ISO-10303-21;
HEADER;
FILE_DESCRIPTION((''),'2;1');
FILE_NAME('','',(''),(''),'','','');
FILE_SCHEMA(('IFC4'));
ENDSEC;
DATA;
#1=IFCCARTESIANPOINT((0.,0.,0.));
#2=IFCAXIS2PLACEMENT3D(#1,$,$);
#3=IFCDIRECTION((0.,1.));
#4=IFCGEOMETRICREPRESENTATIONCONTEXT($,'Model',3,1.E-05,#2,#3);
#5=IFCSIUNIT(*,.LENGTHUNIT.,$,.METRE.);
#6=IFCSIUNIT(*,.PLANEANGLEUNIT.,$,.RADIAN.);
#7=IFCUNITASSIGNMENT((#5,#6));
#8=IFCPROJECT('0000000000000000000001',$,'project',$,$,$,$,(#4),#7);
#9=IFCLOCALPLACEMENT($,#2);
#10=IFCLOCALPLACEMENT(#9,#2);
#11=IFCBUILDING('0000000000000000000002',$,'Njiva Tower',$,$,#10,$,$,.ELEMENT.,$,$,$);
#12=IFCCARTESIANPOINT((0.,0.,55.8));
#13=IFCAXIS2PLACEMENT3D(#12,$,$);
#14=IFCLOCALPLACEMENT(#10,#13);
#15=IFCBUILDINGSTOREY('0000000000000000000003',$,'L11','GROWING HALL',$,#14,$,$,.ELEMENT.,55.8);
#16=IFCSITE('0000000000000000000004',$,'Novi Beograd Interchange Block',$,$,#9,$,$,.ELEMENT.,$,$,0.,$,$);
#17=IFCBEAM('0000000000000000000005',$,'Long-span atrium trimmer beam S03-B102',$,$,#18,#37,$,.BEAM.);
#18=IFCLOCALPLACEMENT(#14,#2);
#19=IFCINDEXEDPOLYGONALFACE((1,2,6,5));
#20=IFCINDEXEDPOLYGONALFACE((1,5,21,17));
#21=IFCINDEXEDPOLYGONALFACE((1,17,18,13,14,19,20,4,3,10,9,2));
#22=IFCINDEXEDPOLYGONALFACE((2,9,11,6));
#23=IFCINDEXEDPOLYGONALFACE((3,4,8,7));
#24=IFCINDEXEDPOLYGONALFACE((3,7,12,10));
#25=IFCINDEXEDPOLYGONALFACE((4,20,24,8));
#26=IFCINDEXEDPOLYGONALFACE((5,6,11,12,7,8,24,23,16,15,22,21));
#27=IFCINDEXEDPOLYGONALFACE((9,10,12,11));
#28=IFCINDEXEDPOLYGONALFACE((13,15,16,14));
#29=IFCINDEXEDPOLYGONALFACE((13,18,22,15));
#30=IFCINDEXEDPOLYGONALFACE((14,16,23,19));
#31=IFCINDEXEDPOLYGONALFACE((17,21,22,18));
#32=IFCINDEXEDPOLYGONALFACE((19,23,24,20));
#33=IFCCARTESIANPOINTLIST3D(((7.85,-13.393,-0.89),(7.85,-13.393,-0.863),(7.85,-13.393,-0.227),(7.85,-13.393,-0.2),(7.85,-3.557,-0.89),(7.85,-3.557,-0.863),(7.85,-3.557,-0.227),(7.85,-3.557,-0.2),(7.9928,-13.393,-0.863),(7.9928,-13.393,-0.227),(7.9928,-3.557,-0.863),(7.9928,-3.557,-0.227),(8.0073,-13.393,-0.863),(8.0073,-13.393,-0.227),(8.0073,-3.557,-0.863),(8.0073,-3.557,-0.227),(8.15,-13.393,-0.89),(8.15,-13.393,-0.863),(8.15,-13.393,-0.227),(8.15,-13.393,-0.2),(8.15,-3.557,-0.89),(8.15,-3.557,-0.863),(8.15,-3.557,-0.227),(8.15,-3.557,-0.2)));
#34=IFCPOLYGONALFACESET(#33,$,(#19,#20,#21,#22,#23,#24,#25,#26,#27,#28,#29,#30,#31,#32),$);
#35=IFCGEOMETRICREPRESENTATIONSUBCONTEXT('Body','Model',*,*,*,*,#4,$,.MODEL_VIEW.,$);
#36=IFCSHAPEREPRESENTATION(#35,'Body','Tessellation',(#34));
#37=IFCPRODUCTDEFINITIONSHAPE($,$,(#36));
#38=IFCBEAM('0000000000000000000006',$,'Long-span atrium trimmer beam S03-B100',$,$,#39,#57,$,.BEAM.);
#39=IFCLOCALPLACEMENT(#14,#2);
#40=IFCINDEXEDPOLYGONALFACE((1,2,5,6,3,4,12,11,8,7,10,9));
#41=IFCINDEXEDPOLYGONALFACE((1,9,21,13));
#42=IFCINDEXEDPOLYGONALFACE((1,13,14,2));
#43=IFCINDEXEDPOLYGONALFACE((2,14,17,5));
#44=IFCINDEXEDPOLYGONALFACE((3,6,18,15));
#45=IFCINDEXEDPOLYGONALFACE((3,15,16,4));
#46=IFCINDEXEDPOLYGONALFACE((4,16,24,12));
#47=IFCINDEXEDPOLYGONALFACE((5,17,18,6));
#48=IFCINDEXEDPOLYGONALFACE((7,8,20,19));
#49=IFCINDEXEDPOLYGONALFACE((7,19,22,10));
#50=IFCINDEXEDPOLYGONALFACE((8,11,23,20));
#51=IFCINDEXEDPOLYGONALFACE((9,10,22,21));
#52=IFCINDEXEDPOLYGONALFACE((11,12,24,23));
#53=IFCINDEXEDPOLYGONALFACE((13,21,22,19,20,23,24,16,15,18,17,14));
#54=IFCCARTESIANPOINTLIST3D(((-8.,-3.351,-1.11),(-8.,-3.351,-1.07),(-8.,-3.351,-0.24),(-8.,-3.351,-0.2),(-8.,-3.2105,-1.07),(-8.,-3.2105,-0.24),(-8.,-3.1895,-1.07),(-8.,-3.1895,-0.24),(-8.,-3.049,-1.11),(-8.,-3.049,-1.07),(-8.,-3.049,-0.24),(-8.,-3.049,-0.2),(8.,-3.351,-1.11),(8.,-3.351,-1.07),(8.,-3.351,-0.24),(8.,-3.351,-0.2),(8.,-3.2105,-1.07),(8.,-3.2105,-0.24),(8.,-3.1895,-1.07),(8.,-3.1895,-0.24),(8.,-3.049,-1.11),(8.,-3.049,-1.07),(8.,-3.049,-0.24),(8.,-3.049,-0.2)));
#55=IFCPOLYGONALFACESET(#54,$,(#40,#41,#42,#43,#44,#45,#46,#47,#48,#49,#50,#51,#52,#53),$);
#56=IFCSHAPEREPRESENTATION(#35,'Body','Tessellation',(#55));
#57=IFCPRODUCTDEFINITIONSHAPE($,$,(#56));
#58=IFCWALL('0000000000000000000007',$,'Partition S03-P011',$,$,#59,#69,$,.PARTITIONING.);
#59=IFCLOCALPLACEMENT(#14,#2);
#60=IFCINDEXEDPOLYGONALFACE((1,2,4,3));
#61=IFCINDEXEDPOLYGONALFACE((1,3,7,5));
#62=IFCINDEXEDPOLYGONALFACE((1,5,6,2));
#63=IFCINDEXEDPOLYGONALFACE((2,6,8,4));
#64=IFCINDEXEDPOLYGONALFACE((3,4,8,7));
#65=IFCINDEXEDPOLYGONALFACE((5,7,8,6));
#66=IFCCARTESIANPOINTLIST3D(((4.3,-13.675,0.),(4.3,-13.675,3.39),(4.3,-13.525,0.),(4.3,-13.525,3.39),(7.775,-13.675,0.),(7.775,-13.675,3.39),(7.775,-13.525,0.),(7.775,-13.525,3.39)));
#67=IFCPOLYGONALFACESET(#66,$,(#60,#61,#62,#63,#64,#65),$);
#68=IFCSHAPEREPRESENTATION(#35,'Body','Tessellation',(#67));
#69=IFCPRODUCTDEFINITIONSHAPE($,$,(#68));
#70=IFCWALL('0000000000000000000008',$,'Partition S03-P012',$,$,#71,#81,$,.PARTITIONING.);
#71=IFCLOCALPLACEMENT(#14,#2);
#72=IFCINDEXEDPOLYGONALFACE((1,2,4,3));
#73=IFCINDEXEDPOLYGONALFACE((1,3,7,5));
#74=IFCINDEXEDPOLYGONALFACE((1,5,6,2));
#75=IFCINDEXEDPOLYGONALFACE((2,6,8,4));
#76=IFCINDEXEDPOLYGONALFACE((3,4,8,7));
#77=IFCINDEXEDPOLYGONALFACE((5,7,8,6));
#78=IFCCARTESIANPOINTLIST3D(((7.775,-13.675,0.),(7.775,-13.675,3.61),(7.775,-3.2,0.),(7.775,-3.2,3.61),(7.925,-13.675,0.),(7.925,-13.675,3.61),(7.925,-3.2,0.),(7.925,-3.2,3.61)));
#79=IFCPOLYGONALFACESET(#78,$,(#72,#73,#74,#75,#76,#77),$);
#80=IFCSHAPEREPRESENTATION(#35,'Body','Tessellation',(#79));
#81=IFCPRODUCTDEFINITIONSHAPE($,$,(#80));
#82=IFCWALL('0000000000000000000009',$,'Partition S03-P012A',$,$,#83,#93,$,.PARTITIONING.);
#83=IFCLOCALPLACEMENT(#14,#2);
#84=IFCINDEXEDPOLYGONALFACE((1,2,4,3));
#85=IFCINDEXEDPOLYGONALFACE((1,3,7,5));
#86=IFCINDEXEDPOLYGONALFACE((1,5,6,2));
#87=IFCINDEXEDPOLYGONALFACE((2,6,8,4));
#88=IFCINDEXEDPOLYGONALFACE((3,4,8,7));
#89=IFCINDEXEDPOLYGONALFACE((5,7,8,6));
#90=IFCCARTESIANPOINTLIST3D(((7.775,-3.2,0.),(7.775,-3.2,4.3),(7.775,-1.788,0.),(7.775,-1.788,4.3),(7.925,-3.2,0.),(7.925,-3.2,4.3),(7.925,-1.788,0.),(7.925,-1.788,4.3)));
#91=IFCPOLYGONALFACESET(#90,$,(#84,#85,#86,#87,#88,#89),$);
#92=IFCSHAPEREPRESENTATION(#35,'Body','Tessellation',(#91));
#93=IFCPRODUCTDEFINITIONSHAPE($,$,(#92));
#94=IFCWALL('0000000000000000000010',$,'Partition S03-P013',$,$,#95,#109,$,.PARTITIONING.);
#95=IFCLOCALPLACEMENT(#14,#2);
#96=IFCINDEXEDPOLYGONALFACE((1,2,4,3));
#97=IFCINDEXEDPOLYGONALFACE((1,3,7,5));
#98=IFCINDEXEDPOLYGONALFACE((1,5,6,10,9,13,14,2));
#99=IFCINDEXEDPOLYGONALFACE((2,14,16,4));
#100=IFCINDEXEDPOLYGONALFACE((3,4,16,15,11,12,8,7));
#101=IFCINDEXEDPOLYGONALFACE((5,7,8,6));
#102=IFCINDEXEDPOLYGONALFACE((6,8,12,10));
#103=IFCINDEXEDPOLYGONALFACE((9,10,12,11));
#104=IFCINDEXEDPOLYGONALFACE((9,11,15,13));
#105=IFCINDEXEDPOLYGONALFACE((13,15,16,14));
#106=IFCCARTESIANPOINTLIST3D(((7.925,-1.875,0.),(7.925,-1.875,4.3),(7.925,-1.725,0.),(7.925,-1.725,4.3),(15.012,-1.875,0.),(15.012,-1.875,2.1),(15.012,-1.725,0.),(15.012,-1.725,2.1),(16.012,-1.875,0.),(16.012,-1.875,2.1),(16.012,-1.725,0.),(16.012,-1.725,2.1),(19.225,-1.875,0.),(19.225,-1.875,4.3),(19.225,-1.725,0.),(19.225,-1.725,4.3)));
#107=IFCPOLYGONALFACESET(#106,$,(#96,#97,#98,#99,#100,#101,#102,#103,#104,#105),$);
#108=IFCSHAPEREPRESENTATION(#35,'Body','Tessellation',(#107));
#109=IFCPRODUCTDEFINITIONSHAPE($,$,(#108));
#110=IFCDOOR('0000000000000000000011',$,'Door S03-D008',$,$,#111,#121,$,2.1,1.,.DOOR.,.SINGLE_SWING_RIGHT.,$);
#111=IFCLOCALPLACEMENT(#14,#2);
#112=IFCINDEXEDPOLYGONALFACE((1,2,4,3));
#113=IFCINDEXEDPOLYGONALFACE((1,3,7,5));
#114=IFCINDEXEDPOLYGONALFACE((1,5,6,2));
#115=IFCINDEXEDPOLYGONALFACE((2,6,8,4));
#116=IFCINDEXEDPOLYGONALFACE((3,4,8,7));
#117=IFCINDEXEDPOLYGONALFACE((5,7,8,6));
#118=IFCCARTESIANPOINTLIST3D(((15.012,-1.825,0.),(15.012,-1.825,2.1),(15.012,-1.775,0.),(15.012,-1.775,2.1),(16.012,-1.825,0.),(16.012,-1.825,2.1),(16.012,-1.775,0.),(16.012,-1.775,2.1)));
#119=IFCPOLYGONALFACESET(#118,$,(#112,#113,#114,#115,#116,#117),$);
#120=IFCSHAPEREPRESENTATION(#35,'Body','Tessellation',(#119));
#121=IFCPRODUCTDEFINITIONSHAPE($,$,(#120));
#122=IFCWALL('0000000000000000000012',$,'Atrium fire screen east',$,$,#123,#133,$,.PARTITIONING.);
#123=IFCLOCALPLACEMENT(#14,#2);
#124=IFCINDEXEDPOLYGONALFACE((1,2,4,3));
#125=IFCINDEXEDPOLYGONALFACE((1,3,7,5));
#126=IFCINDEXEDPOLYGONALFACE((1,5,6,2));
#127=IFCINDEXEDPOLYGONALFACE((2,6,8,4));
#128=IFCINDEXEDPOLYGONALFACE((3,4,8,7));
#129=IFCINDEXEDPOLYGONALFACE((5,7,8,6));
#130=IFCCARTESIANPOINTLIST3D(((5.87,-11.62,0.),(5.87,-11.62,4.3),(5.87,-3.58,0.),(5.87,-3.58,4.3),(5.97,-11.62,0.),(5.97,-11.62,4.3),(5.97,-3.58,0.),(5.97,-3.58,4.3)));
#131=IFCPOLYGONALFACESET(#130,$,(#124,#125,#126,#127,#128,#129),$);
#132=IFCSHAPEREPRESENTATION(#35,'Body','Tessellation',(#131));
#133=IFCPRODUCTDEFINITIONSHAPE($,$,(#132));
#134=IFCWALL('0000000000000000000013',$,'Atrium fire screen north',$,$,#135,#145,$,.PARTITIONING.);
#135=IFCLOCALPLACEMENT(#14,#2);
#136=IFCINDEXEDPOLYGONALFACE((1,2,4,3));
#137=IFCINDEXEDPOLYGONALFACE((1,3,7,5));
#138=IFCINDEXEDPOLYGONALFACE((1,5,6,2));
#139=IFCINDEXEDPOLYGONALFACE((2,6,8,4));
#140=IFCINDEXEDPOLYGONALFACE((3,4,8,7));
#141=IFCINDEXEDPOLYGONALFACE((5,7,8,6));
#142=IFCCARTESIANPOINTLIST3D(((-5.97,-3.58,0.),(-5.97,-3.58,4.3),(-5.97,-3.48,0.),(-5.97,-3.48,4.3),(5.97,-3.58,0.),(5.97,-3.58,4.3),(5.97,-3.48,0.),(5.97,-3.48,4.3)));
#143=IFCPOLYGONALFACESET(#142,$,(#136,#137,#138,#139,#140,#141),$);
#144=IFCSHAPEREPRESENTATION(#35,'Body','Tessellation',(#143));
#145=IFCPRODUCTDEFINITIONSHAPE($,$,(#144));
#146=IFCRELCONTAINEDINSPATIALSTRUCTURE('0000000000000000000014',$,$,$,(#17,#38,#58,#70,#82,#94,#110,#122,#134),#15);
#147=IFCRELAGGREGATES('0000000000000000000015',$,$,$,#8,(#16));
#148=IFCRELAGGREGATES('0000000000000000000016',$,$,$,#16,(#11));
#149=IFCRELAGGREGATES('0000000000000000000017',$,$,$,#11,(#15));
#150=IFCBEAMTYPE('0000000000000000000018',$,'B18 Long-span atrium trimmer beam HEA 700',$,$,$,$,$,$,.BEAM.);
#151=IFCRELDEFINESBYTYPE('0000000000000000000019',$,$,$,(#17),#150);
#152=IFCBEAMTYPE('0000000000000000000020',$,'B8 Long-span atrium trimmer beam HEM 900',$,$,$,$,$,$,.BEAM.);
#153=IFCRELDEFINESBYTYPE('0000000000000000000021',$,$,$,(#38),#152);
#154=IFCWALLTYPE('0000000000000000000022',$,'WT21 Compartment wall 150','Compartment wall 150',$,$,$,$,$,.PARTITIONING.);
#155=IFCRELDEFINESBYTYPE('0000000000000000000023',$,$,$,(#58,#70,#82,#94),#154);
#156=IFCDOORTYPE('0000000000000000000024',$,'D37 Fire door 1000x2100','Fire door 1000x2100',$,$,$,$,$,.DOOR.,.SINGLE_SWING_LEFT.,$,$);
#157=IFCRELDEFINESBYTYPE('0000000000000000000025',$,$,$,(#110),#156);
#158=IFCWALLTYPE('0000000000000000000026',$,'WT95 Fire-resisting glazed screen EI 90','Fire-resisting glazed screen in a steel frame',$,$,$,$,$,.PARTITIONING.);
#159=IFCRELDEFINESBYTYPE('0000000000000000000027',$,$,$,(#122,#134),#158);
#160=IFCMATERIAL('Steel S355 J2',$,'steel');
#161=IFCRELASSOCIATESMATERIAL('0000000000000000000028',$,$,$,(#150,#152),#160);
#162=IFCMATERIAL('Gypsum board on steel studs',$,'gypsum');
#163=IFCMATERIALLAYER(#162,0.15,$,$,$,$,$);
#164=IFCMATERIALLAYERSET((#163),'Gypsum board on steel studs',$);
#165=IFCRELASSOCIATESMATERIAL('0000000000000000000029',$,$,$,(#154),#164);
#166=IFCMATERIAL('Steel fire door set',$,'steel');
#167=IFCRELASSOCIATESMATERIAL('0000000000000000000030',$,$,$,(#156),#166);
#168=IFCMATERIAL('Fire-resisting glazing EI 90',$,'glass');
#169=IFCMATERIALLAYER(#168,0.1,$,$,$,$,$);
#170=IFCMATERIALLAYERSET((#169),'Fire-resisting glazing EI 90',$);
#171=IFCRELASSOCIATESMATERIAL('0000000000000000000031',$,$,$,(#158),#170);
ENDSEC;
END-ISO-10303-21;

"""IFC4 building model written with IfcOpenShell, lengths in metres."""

from ifc_helpers import new_model, si_unit, direction, frame, frame_2d, origin, origin_2d, place, context, subcontext, project, spatial, rectangle, i_section, extrude, material, layer, layer_set, material_profile, profile_set, type_object, element, fill, save


model = new_model("IFC4")

# Units and contexts
model_context = context("Model", 3, precision=1e-05, world=origin(), true_north=direction((0.0, 1.0)))
body_context = subcontext(model_context, "Body", "Model", "MODEL_VIEW")
ifc_project = project(units=[si_unit("LENGTHUNIT", "METRE"), si_unit("PLANEANGLEUNIT", "RADIAN")], contexts=[model_context])

# Site, building, storey
site_placement = place(None, origin())
site = spatial("IfcSite", under=ifc_project, at=site_placement, Name="Novi Beograd Interchange Block", CompositionType="ELEMENT", RefElevation=0.0)
building_placement = place(site_placement, origin())
building = spatial("IfcBuilding", under=site, at=building_placement, Name="Njiva Tower", CompositionType="ELEMENT")
storey_placement = place(building_placement, frame((0.0, 0.0, 55.8)))
storey = spatial("IfcBuildingStorey", under=building, at=storey_placement, Name="L11", Description="GROWING HALL", CompositionType="ELEMENT", Elevation=55.8)

# Shared definitions
ifc_material_1 = material(Name="Steel S355 J2", Category="steel")

# Beams
ifc_material_profile_1 = material_profile(ifc_material_1, i_section(OverallWidth=0.3, OverallDepth=0.69, WebThickness=0.0145, FlangeThickness=0.027, at=origin_2d()), Name="HEA 700")
ifc_profile_set_1 = profile_set([ifc_material_profile_1], Name="Steel S355 J2")
beam_type_1 = type_object("IfcBeamType", Name="B18 Long-span atrium trimmer beam HEA 700", PredefinedType="BEAM", material=ifc_profile_set_1)
beam_1_placement = place(storey_placement, frame((8.0, -13.393, -0.545), z_axis=(0.0, 1.0, 0.0), x_axis=(-1.0, 0.0, 0.0)))
element("IfcBeam", 1, at=beam_1_placement, inside=storey, type_object=beam_type_1, Name="Long-span atrium trimmer beam S03-B102", PredefinedType="BEAM", context=body_context, shape_type="SweptSolid", body=[
    extrude(i_section(OverallWidth=0.3, OverallDepth=0.69, WebThickness=0.0145, FlangeThickness=0.027, at=origin_2d()), origin(), (0.0, 0.0, 1.0), 9.836),
])
ifc_material_profile_2 = material_profile(ifc_material_1, i_section(OverallWidth=0.302, OverallDepth=0.91, WebThickness=0.021, FlangeThickness=0.04, at=origin_2d()), Name="HEM 900")
ifc_profile_set_2 = profile_set([ifc_material_profile_2], Name="Steel S355 J2")
beam_type_2 = type_object("IfcBeamType", Name="B8 Long-span atrium trimmer beam HEM 900", PredefinedType="BEAM", material=ifc_profile_set_2)
beam_2_placement = place(storey_placement, frame((8.0, -3.2, -0.655), z_axis=(-1.0, 0.0, 0.0), x_axis=(0.0, -1.0, 0.0)))
element("IfcBeam", 2, at=beam_2_placement, inside=storey, type_object=beam_type_2, Name="Long-span atrium trimmer beam S03-B100", PredefinedType="BEAM", context=body_context, shape_type="SweptSolid", body=[
    extrude(i_section(OverallWidth=0.302, OverallDepth=0.91, WebThickness=0.021, FlangeThickness=0.04, at=origin_2d()), origin(), (0.0, 0.0, 1.0), 16.0),
])

# Walls
ifc_material_2 = material(Name="Gypsum board on steel studs", Category="gypsum")
ifc_layer_1 = layer(ifc_material_2, 0.15)
ifc_layer_set_1 = layer_set([ifc_layer_1], Name="Gypsum board on steel studs")
wall_type_1 = type_object("IfcWallType", Name="WT21 Compartment wall 150", Description="Compartment wall 150", PredefinedType="PARTITIONING", material=ifc_layer_set_1)
wall_1_placement = place(storey_placement, frame((4.3, -13.6, 0.0), z_axis=(0.0, 0.0, 1.0), x_axis=(1.0, 0.0, 0.0)))
element("IfcWall", 3, at=wall_1_placement, inside=storey, type_object=wall_type_1, Name="Partition S03-P011", PredefinedType="PARTITIONING", context=body_context, shape_type="SweptSolid", body=[
    extrude(rectangle(XDim=3.475, YDim=0.15, at=frame_2d((1.7375, 0.0))), origin(), (0.0, 0.0, 1.0), 3.39),
])
wall_2_placement = place(storey_placement, frame((7.85, -13.675, 0.0), z_axis=(0.0, 0.0, 1.0), x_axis=(0.0, 1.0, 0.0)))
element("IfcWall", 4, at=wall_2_placement, inside=storey, type_object=wall_type_1, Name="Partition S03-P012", PredefinedType="PARTITIONING", context=body_context, shape_type="SweptSolid", body=[
    extrude(rectangle(XDim=10.475, YDim=0.15, at=frame_2d((5.2375, 0.0))), origin(), (0.0, 0.0, 1.0), 3.61),
])
wall_3_placement = place(storey_placement, frame((7.85, -3.2, 0.0), z_axis=(0.0, 0.0, 1.0), x_axis=(0.0, 1.0, 0.0)))
element("IfcWall", 5, at=wall_3_placement, inside=storey, type_object=wall_type_1, Name="Partition S03-P012A", PredefinedType="PARTITIONING", context=body_context, shape_type="SweptSolid", body=[
    extrude(rectangle(XDim=1.412, YDim=0.15, at=frame_2d((0.706, 0.0))), origin(), (0.0, 0.0, 1.0), 4.3),
])

# Wall, opening, door
wall_4_placement = place(storey_placement, frame((7.925, -1.8, 0.0), z_axis=(0.0, 0.0, 1.0), x_axis=(1.0, 0.0, 0.0)))
wall_4 = element("IfcWall", 6, at=wall_4_placement, inside=storey, type_object=wall_type_1, Name="Partition S03-P013", PredefinedType="PARTITIONING", context=body_context, shape_type="SweptSolid", body=[
    extrude(rectangle(XDim=11.3, YDim=0.15, at=frame_2d((5.65, 0.0))), origin(), (0.0, 0.0, 1.0), 4.3),
])
opening_placement = place(wall_4_placement, frame((7.087, 0.0, 0.0)))
opening = element("IfcOpeningElement", 7, at=opening_placement, cuts=wall_4, PredefinedType="OPENING", context=body_context, shape_type="SweptSolid", body=[
    extrude(rectangle(XDim=1.0, YDim=2.1, at=frame_2d((0.5, 1.05))), frame((0.0, 0.085, 0.0), z_axis=(0.0, -1.0, 0.0), x_axis=(1.0, 0.0, 0.0)), (0.0, 0.0, 1.0), 0.17),
])
ifc_material_3 = material(Name="Steel fire door set", Category="steel")
door_type = type_object("IfcDoorType", Name="D37 Fire door 1000x2100", Description="Fire door 1000x2100", OperationType="SINGLE_SWING_LEFT", PredefinedType="DOOR", material=ifc_material_3)
door_placement = place(opening_placement, origin())
door = element("IfcDoor", 8, at=door_placement, inside=storey, type_object=door_type, Name="Door S03-D008", OperationType="SINGLE_SWING_RIGHT", OverallHeight=2.1, OverallWidth=1.0, PredefinedType="DOOR", context=body_context, shape_type="SweptSolid", body=[
    extrude(rectangle(XDim=1.0, YDim=2.1, at=frame_2d((0.5, 1.05))), frame((0.0, 0.025, 0.0), z_axis=(0.0, -1.0, 0.0), x_axis=(1.0, 0.0, 0.0)), (0.0, 0.0, 1.0), 0.05),
])
fill(opening, door)

# Walls
ifc_material_4 = material(Name="Fire-resisting glazing EI 90", Category="glass")
ifc_layer_2 = layer(ifc_material_4, 0.1)
ifc_layer_set_2 = layer_set([ifc_layer_2], Name="Fire-resisting glazing EI 90")
wall_type_2 = type_object("IfcWallType", Name="WT95 Fire-resisting glazed screen EI 90", Description="Fire-resisting glazed screen in a steel frame", PredefinedType="PARTITIONING", material=ifc_layer_set_2)
wall_5_placement = place(storey_placement, frame((5.92, -11.62, 0.0), z_axis=(0.0, 0.0, 1.0), x_axis=(0.0, 1.0, 0.0)))
element("IfcWall", 9, at=wall_5_placement, inside=storey, type_object=wall_type_2, Name="Atrium fire screen east", PredefinedType="PARTITIONING", context=body_context, shape_type="SweptSolid", body=[
    extrude(rectangle(XDim=8.04, YDim=0.1, at=frame_2d((4.02, 0.0))), origin(), (0.0, 0.0, 1.0), 4.3),
])
wall_6_placement = place(storey_placement, frame((5.97, -3.53, 0.0), z_axis=(0.0, 0.0, 1.0), x_axis=(-1.0, 0.0, 0.0)))
element("IfcWall", 10, at=wall_6_placement, inside=storey, type_object=wall_type_2, Name="Atrium fire screen north", PredefinedType="PARTITIONING", context=body_context, shape_type="SweptSolid", body=[
    extrude(rectangle(XDim=11.94, YDim=0.1, at=frame_2d((5.97, 0.0))), origin(), (0.0, 0.0, 1.0), 4.3),
])

save(model, "model.ifc")
